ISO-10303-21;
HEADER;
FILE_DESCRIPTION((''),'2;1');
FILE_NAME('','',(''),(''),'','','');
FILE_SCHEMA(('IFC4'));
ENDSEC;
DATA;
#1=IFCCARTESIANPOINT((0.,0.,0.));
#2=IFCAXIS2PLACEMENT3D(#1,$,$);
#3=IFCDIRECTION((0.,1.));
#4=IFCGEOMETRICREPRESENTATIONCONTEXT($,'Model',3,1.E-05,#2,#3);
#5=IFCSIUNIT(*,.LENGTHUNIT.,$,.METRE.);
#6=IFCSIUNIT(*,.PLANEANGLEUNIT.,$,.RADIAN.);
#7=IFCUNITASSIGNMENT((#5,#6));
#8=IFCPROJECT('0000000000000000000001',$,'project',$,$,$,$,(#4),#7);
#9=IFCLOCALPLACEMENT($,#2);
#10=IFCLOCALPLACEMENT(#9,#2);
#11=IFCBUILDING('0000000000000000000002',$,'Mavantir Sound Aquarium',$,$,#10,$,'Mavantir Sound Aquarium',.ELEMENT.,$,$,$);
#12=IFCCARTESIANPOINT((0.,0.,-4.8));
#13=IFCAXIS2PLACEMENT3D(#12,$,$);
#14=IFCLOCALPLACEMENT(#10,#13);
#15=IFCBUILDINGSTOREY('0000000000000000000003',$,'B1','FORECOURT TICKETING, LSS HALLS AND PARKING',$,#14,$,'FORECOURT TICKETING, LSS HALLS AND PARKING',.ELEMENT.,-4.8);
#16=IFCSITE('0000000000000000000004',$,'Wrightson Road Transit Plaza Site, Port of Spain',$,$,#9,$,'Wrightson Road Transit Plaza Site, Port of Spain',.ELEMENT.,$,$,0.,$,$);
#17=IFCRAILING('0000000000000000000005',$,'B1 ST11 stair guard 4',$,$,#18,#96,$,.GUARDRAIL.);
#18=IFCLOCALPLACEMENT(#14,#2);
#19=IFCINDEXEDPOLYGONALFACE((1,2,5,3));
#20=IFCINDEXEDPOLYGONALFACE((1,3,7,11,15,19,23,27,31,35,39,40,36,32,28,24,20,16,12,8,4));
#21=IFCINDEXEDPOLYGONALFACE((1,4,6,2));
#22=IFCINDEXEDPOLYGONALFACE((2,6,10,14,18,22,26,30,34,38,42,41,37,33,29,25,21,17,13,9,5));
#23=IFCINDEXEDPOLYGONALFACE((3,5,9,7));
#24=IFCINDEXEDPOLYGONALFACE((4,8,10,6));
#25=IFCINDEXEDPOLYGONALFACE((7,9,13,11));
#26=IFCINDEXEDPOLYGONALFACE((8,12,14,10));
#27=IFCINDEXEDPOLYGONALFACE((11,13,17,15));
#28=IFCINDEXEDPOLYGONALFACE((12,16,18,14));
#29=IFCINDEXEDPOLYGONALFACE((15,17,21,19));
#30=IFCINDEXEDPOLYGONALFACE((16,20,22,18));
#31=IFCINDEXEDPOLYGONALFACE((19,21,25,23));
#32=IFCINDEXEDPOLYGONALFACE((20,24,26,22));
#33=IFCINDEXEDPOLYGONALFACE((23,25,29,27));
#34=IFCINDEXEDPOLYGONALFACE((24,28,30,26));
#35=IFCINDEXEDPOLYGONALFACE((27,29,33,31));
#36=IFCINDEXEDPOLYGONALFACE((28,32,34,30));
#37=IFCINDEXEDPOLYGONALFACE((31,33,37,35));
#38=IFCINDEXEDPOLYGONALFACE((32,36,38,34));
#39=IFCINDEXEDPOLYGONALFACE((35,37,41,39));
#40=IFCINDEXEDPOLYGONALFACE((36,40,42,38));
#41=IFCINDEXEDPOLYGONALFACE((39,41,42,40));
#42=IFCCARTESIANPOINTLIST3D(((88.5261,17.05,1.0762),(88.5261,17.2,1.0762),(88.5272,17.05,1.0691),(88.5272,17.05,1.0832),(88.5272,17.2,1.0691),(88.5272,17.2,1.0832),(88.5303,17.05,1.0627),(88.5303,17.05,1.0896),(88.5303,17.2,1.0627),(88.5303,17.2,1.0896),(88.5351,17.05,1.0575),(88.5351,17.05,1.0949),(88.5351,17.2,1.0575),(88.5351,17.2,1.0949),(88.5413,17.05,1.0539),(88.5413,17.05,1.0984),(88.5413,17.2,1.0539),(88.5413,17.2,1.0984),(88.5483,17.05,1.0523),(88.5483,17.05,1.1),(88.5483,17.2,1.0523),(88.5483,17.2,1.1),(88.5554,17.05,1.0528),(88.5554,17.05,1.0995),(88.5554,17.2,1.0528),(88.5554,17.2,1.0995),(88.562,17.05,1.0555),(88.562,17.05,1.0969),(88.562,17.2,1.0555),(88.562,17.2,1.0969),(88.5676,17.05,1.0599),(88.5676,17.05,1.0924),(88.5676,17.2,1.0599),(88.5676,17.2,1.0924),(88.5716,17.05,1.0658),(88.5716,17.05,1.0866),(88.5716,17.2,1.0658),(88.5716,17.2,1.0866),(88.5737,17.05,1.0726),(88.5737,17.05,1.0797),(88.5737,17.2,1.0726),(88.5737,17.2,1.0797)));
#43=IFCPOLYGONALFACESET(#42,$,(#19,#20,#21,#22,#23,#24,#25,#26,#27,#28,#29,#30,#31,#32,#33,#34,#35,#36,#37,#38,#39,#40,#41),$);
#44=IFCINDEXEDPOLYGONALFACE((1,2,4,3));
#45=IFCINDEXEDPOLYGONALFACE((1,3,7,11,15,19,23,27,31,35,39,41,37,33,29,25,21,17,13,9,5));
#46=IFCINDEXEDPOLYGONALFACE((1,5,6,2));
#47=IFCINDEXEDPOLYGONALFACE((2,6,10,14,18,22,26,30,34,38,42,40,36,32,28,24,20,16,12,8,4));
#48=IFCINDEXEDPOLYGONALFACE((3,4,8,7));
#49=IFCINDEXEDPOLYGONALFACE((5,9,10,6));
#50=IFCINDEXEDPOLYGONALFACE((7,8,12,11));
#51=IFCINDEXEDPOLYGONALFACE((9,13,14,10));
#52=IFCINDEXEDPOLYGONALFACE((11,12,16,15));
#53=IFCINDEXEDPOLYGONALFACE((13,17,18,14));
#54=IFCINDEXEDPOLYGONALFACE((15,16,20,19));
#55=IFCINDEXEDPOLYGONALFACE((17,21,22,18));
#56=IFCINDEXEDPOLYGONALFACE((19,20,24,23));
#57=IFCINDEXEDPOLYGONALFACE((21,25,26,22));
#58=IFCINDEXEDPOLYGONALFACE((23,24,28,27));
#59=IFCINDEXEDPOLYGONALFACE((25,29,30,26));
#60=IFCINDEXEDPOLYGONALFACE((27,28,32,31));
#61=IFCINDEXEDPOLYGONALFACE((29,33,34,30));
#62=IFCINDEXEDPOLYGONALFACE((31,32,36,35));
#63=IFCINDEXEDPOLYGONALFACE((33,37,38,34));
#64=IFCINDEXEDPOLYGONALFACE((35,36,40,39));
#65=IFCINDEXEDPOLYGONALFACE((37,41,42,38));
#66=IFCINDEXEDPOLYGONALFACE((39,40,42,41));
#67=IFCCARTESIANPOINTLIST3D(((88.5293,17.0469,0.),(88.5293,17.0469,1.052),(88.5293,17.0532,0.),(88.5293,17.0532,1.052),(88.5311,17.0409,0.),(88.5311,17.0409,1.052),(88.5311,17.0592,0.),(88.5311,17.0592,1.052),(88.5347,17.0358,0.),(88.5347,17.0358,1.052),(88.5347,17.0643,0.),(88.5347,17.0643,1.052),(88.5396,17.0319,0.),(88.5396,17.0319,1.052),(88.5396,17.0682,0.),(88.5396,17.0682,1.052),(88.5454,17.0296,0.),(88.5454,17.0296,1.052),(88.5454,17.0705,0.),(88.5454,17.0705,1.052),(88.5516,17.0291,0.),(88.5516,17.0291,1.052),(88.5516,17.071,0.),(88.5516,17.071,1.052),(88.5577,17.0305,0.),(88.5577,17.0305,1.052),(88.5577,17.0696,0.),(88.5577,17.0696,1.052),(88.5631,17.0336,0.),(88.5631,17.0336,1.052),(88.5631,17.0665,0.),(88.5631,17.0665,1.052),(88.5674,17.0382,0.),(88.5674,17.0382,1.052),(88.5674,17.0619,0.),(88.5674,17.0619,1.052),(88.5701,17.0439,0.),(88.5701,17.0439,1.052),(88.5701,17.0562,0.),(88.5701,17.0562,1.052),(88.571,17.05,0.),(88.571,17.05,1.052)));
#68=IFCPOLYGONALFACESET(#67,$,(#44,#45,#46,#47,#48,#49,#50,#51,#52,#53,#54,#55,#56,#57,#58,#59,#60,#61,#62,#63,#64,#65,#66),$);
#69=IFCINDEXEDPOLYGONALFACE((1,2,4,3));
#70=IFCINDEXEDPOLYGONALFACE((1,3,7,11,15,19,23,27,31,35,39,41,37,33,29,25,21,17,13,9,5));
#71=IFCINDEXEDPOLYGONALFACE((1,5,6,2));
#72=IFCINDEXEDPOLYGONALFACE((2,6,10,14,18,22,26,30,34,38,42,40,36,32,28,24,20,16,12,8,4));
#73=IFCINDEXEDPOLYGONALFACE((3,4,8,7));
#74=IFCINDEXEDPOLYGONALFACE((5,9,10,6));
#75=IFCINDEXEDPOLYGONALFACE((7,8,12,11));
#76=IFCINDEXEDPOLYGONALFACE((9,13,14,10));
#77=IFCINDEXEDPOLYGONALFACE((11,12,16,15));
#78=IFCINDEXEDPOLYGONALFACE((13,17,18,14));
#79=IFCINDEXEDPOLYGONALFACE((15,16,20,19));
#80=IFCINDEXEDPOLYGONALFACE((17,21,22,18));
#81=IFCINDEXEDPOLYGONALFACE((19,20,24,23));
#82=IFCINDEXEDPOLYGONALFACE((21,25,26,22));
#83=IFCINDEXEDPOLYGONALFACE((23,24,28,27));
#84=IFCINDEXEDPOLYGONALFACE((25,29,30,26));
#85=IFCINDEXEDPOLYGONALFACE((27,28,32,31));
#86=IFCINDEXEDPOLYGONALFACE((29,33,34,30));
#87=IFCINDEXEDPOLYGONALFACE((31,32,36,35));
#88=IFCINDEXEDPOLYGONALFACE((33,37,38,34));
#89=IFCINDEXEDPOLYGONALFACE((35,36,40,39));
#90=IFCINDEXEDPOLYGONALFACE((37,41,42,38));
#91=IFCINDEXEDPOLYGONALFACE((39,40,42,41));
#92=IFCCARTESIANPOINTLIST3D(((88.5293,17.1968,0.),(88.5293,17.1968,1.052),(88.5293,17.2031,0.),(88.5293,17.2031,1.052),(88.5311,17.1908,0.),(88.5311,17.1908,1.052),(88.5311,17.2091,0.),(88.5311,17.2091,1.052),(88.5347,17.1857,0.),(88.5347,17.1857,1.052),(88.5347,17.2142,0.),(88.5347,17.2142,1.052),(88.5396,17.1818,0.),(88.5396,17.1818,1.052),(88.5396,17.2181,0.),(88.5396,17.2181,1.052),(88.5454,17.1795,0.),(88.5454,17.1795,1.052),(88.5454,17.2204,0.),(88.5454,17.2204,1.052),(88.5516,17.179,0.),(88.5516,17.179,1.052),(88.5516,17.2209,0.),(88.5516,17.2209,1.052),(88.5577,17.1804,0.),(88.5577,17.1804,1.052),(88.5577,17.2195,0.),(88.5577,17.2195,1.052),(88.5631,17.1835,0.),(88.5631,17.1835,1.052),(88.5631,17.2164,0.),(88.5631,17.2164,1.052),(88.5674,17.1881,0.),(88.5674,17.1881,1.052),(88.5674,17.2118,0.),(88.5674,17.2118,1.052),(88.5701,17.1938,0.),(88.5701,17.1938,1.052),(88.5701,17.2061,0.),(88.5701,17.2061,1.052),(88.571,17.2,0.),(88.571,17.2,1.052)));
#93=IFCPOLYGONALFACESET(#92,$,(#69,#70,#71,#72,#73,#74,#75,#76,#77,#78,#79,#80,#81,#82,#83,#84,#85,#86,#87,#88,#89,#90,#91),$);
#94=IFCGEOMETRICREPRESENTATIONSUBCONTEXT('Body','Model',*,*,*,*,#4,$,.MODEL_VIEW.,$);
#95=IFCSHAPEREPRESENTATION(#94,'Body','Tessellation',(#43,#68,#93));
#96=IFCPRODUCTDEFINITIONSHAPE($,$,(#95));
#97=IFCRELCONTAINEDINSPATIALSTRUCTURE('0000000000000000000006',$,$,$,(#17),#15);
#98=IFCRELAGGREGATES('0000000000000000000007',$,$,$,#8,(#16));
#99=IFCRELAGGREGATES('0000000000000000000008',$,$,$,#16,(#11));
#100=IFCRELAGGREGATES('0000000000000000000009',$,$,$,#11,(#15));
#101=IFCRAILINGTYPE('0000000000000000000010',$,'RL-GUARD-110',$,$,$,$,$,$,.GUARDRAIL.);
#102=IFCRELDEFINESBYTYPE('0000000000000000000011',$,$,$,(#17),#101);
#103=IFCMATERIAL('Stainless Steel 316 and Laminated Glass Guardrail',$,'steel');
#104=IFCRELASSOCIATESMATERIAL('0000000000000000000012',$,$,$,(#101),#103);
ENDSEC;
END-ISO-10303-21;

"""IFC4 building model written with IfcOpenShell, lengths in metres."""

from ifc_helpers import new_model, si_unit, direction, frame, origin, origin_2d, place, context, subcontext, project, spatial, circle, extrude, material, type_object, element, save


model = new_model("IFC4")

# Units and contexts
model_context = context("Model", 3, precision=1e-05, world=origin(), true_north=direction((0.0, 1.0)))
body_context = subcontext(model_context, "Body", "Model", "MODEL_VIEW")
ifc_project = project(units=[si_unit("LENGTHUNIT", "METRE"), si_unit("PLANEANGLEUNIT", "RADIAN")], contexts=[model_context])

# Site, building, storey
site_placement = place(None, origin())
site = spatial("IfcSite", under=ifc_project, at=site_placement, Name="Wrightson Road Transit Plaza Site, Port of Spain", LongName="Wrightson Road Transit Plaza Site, Port of Spain", CompositionType="ELEMENT", RefElevation=0.0)
building_placement = place(site_placement, origin())
building = spatial("IfcBuilding", under=site, at=building_placement, Name="Mavantir Sound Aquarium", LongName="Mavantir Sound Aquarium", CompositionType="ELEMENT")
storey_placement = place(building_placement, frame((0.0, 0.0, -4.8)))
storey = spatial("IfcBuildingStorey", under=building, at=storey_placement, Name="B1", Description="FORECOURT TICKETING, LSS HALLS AND PARKING", LongName="FORECOURT TICKETING, LSS HALLS AND PARKING", CompositionType="ELEMENT", Elevation=-4.8)

# Railing
ifc_material_1 = material(Name="Stainless Steel 316 and Laminated Glass Guardrail", Category="steel")
railing_type_1 = type_object("IfcRailingType", Name="RL-GUARD-110", PredefinedType="GUARDRAIL", material=ifc_material_1)
railing_1_placement = place(storey_placement, frame((88.55, 17.05, 0.0)))
element("IfcRailing", 1, at=railing_1_placement, inside=storey, type_object=railing_type_1, Name="B1 ST11 stair guard 4", PredefinedType="GUARDRAIL", context=body_context, shape_type="SweptSolid", body=[
    extrude(circle(Radius=0.0239, at=origin_2d()), frame((0.0, 0.0, 1.0762), z_axis=(0.0, 1.0, 0.0), x_axis=(-1.0, 0.0, 0.0)), (0.0, 0.0, 1.0), 0.1499),
    extrude(circle(Radius=0.021, at=origin_2d()), origin(), (0.0, 0.0, 1.0), 1.052),
    extrude(circle(Radius=0.021, at=origin_2d()), frame((0.0, 0.1499, 0.0)), (0.0, 0.0, 1.0), 1.052),
])

save(model, "model.ifc")
